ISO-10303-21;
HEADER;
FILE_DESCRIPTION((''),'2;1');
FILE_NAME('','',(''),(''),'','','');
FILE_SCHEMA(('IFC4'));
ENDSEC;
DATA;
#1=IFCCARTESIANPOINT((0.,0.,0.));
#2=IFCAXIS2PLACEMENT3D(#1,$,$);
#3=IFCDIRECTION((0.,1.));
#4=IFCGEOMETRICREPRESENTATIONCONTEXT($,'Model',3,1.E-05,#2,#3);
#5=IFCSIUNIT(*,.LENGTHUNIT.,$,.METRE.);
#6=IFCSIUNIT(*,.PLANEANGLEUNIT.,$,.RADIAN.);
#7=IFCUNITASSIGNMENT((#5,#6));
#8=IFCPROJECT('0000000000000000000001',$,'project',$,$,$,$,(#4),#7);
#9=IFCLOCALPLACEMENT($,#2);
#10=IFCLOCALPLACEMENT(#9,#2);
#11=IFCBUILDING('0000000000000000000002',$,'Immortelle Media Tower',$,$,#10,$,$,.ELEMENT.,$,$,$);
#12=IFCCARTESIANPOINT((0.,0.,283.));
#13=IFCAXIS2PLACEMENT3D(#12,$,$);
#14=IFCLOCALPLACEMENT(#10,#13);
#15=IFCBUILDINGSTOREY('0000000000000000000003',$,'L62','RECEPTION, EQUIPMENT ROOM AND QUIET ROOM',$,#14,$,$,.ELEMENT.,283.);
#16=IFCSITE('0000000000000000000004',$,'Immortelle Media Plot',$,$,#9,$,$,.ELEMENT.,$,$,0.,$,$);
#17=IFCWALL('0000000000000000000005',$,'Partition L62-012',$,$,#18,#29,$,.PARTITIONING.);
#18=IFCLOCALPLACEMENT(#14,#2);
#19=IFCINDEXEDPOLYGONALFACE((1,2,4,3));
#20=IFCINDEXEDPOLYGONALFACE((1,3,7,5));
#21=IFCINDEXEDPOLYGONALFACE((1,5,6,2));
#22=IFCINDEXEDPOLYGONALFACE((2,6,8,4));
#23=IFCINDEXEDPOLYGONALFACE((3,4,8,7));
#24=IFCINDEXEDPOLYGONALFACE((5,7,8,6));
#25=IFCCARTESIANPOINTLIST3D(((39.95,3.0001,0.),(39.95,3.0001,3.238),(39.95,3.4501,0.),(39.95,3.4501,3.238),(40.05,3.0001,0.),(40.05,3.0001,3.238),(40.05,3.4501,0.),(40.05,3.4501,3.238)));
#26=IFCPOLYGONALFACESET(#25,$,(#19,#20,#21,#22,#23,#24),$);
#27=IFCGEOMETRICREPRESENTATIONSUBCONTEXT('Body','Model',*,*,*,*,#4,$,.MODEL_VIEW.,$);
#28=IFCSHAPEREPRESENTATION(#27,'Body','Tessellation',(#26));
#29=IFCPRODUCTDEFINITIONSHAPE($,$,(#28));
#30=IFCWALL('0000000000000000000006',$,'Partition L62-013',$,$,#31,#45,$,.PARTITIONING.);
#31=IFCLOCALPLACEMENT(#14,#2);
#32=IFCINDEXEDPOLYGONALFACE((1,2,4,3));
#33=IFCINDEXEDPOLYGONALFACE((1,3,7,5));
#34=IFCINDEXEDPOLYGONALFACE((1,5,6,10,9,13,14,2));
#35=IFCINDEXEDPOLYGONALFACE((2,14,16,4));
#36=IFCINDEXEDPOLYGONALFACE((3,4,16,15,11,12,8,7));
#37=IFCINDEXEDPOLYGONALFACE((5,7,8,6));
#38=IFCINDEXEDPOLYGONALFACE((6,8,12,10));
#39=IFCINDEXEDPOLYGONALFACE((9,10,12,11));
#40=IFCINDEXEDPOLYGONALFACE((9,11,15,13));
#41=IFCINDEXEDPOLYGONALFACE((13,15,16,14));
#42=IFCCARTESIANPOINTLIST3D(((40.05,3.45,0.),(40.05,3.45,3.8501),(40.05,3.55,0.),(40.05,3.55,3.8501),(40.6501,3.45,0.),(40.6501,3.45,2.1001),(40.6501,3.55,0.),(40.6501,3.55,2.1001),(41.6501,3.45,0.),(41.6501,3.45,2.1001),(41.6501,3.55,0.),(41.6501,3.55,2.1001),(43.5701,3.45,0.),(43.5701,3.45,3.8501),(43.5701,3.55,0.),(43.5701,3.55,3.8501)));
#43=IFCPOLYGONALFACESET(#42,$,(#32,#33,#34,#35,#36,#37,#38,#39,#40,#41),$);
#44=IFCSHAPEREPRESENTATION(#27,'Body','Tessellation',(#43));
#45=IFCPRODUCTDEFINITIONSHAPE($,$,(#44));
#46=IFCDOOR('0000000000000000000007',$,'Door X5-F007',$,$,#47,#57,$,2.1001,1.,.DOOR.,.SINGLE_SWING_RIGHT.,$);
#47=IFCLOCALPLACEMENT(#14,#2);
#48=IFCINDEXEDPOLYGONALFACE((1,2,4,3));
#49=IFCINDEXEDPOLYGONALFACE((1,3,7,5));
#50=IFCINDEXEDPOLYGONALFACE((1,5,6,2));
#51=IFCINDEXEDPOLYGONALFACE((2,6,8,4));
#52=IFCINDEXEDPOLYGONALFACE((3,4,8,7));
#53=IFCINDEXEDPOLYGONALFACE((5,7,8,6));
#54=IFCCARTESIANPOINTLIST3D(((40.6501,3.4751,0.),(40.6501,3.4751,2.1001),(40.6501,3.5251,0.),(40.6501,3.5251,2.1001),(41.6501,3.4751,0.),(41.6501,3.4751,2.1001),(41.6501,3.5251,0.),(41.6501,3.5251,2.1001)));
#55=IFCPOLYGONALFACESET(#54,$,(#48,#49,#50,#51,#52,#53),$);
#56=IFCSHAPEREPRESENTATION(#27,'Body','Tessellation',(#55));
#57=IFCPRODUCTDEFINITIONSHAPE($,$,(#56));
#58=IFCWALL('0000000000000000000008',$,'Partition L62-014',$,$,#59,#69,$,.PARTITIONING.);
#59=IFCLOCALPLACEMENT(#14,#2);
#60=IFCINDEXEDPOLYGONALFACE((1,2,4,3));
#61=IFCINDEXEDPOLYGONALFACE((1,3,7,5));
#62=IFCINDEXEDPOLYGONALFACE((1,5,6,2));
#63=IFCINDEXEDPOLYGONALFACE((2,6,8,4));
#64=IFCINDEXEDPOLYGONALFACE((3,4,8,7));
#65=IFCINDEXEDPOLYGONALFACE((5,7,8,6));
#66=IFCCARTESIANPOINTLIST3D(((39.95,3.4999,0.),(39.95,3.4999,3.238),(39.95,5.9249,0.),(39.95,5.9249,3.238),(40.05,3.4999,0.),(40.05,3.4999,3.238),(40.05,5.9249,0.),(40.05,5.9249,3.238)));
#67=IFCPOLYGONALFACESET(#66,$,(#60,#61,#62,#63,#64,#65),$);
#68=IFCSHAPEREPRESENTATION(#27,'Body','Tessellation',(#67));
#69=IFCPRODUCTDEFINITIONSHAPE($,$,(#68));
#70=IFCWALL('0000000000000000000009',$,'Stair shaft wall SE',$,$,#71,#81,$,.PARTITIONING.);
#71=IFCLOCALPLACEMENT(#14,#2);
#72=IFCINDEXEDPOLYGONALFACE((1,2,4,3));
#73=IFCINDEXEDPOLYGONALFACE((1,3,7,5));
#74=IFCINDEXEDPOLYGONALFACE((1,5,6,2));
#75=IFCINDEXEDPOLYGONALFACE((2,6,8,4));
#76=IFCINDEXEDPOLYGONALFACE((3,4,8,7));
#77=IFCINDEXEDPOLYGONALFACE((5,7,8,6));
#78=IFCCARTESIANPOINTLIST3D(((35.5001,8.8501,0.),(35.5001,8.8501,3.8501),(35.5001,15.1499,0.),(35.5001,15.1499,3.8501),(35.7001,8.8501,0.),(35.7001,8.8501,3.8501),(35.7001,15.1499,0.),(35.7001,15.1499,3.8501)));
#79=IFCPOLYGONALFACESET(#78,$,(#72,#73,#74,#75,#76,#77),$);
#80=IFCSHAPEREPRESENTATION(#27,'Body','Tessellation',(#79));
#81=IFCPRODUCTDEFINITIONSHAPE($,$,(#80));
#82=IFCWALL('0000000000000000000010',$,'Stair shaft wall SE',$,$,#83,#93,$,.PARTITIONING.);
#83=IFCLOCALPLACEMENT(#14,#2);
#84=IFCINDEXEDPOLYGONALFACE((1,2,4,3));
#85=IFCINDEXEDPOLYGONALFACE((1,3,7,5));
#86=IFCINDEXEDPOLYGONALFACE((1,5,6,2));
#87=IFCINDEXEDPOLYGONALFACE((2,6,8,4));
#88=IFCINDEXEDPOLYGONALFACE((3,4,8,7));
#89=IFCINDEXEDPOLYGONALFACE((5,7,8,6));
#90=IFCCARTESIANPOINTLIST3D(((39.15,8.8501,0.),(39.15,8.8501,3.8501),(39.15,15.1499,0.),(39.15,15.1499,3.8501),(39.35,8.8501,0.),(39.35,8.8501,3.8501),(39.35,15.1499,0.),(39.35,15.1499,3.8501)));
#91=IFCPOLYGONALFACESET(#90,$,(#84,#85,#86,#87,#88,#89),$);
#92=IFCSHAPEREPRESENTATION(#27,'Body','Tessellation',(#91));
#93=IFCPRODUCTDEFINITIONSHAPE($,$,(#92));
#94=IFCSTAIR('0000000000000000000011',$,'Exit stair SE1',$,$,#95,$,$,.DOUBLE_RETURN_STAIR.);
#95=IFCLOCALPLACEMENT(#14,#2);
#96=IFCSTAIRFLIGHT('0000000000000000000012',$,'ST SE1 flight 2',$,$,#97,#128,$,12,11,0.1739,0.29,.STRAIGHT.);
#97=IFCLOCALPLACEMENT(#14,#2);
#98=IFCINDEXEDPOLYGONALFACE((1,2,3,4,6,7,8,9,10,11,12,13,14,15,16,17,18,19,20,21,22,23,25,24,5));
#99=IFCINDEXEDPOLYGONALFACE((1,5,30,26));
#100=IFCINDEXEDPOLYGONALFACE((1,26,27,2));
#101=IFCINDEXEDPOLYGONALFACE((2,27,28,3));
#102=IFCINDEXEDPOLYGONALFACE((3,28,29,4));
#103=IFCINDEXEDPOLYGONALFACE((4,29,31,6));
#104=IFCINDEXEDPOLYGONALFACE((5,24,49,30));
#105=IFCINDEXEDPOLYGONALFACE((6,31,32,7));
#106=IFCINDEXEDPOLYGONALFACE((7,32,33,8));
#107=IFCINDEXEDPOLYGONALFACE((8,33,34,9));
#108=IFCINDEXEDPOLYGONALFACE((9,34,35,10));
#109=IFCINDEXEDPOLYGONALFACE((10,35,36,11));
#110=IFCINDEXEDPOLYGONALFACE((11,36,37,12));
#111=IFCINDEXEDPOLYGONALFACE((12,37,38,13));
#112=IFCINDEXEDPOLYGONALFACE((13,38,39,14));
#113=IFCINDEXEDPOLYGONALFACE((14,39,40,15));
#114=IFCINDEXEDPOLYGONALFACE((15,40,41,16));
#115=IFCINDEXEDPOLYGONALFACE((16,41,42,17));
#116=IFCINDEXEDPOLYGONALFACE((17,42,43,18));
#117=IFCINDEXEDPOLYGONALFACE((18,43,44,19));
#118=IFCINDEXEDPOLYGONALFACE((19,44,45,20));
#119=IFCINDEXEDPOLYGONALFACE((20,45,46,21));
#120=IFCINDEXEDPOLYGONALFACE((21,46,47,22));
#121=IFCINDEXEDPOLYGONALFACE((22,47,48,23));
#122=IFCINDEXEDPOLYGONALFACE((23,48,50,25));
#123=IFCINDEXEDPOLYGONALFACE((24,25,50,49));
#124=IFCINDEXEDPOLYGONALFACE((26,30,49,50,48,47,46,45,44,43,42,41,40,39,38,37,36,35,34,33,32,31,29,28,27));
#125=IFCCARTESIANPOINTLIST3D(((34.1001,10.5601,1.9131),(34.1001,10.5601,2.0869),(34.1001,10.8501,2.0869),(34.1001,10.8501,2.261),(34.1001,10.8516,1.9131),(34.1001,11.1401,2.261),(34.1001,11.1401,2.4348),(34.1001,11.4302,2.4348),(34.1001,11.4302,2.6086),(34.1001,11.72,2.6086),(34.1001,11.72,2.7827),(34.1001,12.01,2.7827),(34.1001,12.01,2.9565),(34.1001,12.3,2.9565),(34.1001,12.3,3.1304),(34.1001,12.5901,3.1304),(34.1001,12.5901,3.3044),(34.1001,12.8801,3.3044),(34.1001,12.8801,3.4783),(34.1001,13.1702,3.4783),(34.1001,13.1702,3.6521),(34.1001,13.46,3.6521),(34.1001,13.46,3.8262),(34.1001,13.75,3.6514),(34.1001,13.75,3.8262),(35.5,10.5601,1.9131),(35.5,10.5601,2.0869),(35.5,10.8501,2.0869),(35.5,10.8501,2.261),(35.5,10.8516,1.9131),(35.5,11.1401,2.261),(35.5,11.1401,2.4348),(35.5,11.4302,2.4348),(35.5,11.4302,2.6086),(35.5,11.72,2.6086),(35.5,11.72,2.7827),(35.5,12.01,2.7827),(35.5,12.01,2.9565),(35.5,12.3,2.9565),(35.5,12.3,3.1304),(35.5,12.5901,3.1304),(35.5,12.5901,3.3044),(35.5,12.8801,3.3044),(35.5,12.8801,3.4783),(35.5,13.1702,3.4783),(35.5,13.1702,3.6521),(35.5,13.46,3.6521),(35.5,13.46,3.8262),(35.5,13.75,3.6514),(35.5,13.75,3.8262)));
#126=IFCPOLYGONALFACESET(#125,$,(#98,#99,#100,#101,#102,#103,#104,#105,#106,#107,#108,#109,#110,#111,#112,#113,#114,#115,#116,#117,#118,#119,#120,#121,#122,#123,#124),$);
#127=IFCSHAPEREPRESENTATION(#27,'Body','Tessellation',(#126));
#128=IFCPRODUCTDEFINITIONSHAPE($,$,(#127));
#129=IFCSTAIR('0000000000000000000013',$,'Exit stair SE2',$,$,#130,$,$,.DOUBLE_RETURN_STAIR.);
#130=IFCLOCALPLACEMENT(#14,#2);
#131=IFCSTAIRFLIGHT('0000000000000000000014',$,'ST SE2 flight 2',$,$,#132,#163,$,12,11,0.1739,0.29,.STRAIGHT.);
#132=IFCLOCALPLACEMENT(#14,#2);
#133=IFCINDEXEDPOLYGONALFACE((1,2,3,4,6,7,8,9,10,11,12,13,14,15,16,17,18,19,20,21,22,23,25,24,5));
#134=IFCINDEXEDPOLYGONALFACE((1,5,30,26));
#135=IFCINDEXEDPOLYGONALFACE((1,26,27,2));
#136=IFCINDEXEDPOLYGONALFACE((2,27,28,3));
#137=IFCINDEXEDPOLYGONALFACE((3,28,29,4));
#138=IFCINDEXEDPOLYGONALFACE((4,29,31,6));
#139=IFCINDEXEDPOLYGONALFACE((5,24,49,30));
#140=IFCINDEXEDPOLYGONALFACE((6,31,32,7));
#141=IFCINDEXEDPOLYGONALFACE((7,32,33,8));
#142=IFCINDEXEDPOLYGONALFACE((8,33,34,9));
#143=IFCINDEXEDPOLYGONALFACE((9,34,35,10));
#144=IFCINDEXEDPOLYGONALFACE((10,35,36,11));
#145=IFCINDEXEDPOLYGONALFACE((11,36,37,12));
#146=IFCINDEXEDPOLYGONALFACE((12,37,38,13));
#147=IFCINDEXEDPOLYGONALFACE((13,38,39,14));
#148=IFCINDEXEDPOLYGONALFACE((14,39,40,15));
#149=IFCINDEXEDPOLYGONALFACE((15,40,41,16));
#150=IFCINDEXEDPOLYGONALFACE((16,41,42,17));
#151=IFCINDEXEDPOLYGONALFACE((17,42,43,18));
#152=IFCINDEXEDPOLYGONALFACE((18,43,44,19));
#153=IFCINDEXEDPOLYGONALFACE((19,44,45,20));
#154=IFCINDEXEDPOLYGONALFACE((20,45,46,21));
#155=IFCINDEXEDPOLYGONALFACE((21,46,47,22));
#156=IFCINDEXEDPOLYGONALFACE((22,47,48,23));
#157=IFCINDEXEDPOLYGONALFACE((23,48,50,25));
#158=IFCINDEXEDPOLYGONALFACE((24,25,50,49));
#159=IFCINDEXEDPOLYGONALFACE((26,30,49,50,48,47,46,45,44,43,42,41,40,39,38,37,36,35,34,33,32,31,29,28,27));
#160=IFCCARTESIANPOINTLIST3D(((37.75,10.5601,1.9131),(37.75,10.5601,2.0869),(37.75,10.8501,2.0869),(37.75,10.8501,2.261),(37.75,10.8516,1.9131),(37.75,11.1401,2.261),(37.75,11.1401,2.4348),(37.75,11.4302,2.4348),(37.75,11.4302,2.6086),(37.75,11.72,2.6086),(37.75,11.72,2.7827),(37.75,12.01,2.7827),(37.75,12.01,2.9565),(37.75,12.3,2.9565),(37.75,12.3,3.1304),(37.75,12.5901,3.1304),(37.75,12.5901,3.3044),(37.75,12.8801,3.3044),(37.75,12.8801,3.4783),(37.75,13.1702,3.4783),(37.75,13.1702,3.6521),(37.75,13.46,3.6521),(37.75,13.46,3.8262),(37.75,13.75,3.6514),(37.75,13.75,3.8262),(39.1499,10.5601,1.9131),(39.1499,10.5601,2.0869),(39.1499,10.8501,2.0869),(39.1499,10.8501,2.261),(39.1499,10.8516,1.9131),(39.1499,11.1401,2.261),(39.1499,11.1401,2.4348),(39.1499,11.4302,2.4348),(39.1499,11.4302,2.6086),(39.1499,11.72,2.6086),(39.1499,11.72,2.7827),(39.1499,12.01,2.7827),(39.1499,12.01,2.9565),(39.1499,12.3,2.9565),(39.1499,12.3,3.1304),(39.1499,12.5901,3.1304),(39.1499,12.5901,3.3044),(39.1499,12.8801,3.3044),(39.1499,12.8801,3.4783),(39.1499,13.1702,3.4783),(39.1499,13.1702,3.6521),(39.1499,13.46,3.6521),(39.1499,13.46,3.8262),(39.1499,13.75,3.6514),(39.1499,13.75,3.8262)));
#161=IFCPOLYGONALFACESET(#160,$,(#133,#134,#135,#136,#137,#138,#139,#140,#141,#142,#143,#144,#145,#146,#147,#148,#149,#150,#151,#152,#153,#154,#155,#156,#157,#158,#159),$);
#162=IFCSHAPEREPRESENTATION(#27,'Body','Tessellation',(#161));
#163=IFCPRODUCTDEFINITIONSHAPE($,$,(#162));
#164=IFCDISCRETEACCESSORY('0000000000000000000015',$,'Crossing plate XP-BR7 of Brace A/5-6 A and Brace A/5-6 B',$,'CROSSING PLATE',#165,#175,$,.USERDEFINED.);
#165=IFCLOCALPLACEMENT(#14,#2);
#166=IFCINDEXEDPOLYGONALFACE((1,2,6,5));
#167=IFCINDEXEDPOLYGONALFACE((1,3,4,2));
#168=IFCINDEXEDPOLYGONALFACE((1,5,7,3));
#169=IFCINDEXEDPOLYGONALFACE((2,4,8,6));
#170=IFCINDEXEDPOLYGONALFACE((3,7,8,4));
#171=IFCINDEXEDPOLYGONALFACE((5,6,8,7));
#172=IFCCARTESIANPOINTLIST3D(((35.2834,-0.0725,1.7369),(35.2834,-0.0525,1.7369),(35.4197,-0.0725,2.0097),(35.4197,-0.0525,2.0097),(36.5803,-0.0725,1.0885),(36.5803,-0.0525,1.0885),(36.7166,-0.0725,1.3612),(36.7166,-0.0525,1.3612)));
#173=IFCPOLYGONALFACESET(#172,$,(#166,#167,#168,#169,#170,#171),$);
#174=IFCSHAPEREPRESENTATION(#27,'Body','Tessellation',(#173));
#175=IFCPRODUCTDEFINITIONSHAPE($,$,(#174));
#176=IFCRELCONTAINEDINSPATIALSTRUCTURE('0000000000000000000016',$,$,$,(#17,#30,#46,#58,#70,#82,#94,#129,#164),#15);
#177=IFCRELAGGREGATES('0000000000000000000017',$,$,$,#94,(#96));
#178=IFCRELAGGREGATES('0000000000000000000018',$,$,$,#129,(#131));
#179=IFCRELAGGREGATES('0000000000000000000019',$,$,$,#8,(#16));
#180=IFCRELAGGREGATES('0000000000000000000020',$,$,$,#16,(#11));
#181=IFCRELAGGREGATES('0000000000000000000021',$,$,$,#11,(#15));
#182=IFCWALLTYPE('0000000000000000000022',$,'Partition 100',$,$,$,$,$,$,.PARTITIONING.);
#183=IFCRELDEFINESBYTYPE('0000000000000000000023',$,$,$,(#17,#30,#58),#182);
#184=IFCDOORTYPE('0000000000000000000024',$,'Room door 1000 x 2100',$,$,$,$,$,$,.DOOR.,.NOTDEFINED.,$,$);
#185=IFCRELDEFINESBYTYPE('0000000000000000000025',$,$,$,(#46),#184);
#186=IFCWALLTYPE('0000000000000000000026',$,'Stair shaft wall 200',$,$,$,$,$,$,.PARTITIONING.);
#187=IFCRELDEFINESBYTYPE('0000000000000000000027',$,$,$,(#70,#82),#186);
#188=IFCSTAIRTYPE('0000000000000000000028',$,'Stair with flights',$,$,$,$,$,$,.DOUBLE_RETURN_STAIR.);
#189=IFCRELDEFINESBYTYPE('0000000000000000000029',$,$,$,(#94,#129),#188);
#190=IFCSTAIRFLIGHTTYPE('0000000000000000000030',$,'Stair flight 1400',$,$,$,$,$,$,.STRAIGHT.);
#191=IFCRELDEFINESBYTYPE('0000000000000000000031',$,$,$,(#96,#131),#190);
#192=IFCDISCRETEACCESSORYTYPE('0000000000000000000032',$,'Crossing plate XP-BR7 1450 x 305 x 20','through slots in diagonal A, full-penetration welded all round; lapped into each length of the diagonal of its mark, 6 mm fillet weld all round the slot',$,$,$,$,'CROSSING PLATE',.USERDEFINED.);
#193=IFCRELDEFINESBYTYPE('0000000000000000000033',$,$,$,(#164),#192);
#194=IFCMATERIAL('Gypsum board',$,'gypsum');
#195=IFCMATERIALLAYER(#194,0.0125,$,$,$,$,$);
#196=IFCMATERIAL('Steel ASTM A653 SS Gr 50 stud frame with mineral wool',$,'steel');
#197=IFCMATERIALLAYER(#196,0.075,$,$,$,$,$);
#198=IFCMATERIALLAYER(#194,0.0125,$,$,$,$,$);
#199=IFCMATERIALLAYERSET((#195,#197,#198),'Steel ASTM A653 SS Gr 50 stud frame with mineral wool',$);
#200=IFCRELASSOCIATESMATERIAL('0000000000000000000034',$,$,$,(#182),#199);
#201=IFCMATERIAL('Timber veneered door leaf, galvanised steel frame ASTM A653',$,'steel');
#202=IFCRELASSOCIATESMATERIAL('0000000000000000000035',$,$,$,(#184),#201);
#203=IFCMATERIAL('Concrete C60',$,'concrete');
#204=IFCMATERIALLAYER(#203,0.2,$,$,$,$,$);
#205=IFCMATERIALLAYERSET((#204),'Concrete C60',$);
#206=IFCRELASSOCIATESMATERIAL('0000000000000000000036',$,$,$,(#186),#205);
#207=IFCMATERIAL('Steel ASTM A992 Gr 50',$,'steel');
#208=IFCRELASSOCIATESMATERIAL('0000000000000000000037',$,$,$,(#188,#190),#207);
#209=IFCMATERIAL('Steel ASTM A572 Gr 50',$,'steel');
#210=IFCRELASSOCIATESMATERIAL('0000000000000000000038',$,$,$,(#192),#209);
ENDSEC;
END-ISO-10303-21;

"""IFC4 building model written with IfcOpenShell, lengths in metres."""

from ifc_helpers import new_model, si_unit, direction, frame, frame_2d, origin, origin_2d, place, context, subcontext, project, spatial, polyline, rectangle, outline, extrude, material, layer, layer_set, material_profile, profile_set, type_object, element, fill, aggregate, save


model = new_model("IFC4")

# Units and contexts
model_context = context("Model", 3, precision=1e-05, world=origin(), true_north=direction((0.0, 1.0)))
body_context = subcontext(model_context, "Body", "Model", "MODEL_VIEW")
ifc_project = project(units=[si_unit("LENGTHUNIT", "METRE"), si_unit("PLANEANGLEUNIT", "RADIAN")], contexts=[model_context])

# Site, building, storey
site_placement = place(None, origin())
site = spatial("IfcSite", under=ifc_project, at=site_placement, Name="Immortelle Media Plot", CompositionType="ELEMENT", RefElevation=0.0)
building_placement = place(site_placement, origin())
building = spatial("IfcBuilding", under=site, at=building_placement, Name="Immortelle Media Tower", CompositionType="ELEMENT")
storey_placement = place(building_placement, frame((0.0, 0.0, 283.0)))
storey = spatial("IfcBuildingStorey", under=building, at=storey_placement, Name="L62", Description="RECEPTION, EQUIPMENT ROOM AND QUIET ROOM", CompositionType="ELEMENT", Elevation=283.0)

# Shared definitions
ifc_material_1 = material(Name="Steel ASTM A992 Gr 50", Category="steel")

# Wall
ifc_material_2 = material(Name="Steel ASTM A653 SS Gr 50 stud frame with mineral wool", Category="steel")
ifc_material_3 = material(Name="Gypsum board", Category="gypsum")
ifc_layer_1 = layer(ifc_material_3, 0.0125)
ifc_layer_2 = layer(ifc_material_2, 0.075)
ifc_layer_3 = layer(ifc_material_3, 0.0125)
ifc_layer_set_1 = layer_set([ifc_layer_1, ifc_layer_2, ifc_layer_3], Name="Steel ASTM A653 SS Gr 50 stud frame with mineral wool")
wall_type_1 = type_object("IfcWallType", Name="Partition 100", PredefinedType="PARTITIONING", material=ifc_layer_set_1)
wall_1_placement = place(storey_placement, frame((40.0, 3.0, 0.0), z_axis=(0.0, 0.0, 1.0), x_axis=(0.0, 1.0, 0.0)))
element("IfcWall", 1, at=wall_1_placement, inside=storey, type_object=wall_type_1, Name="Partition L62-012", PredefinedType="PARTITIONING", context=body_context, shape_type="SweptSolid", body=[
    extrude(rectangle(XDim=0.45, YDim=0.1001, at=frame_2d((0.2251, 0.0))), origin(), (0.0, 0.0, 1.0), 3.238),
])

# Wall, opening, door
wall_2_placement = place(storey_placement, frame((40.05, 3.5, 0.0), z_axis=(0.0, 0.0, 1.0), x_axis=(1.0, 0.0, 0.0)))
wall_2 = element("IfcWall", 2, at=wall_2_placement, inside=storey, type_object=wall_type_1, Name="Partition L62-013", PredefinedType="PARTITIONING", context=body_context, shape_type="SweptSolid", body=[
    extrude(rectangle(XDim=3.52, YDim=0.1001, at=frame_2d((1.76, 0.0))), origin(), (0.0, 0.0, 1.0), 3.8501),
])
opening_placement = place(wall_2_placement, frame((1.6001, 0.0, 0.0), z_axis=(0.0, 0.0, 1.0), x_axis=(-1.0, 0.0, 0.0)))
opening = element("IfcOpeningElement", 3, at=opening_placement, cuts=wall_2, PredefinedType="OPENING", context=body_context, shape_type="SweptSolid", body=[
    extrude(rectangle(XDim=1.0, YDim=2.1001, at=frame_2d((0.5, 1.05))), frame((0.0, 0.0601, 0.0), z_axis=(0.0, -1.0, 0.0), x_axis=(1.0, 0.0, 0.0)), (0.0, 0.0, 1.0), 0.1201),
])
ifc_material_4 = material(Name="Timber veneered door leaf, galvanised steel frame ASTM A653", Category="steel")
door_type = type_object("IfcDoorType", Name="Room door 1000 x 2100", OperationType="NOTDEFINED", PredefinedType="DOOR", material=ifc_material_4)
door_placement = place(opening_placement, origin())
door = element("IfcDoor", 4, at=door_placement, inside=storey, type_object=door_type, Name="Door X5-F007", OperationType="SINGLE_SWING_RIGHT", OverallHeight=2.1001, OverallWidth=1.0, PredefinedType="DOOR", context=body_context, shape_type="SweptSolid", body=[
    extrude(rectangle(XDim=1.0, YDim=2.1001, at=frame_2d((0.5, 1.05))), frame((0.0, 0.0249, 0.0), z_axis=(0.0, -1.0, 0.0), x_axis=(1.0, 0.0, 0.0)), (0.0, 0.0, 1.0), 0.05),
])
fill(opening, door)

# Walls
wall_3_placement = place(storey_placement, frame((40.0, 3.5, 0.0), z_axis=(0.0, 0.0, 1.0), x_axis=(0.0, 1.0, 0.0)))
element("IfcWall", 5, at=wall_3_placement, inside=storey, type_object=wall_type_1, Name="Partition L62-014", PredefinedType="PARTITIONING", context=body_context, shape_type="SweptSolid", body=[
    extrude(rectangle(XDim=2.425, YDim=0.1001, at=frame_2d((1.2124, 0.0))), origin(), (0.0, 0.0, 1.0), 3.238),
])
ifc_material_5 = material(Name="Concrete C60", Category="concrete")
ifc_layer_4 = layer(ifc_material_5, 0.2)
ifc_layer_set_2 = layer_set([ifc_layer_4], Name="Concrete C60")
wall_type_2 = type_object("IfcWallType", Name="Stair shaft wall 200", PredefinedType="PARTITIONING", material=ifc_layer_set_2)
for number, where, z_axis, x_axis, name in (
    (6, (35.6001, 8.8501, 0.0), (0.0, 0.0, 1.0), (0.0, 1.0, 0.0), "Stair shaft wall SE"),
    (7, (39.25, 8.8501, 0.0), (0.0, 0.0, 1.0), (0.0, 1.0, 0.0), "Stair shaft wall SE"),
):
    element("IfcWall", number, at=place(storey_placement, frame(where, z_axis=z_axis, x_axis=x_axis)), inside=storey, type_object=wall_type_2, Name=name, PredefinedType="PARTITIONING", context=body_context, shape_type="SweptSolid", body=[
        extrude(rectangle(XDim=6.2998, YDim=0.2, at=frame_2d((3.1499, 0.0))), origin(), (0.0, 0.0, 1.0), 3.8501),
    ])

# Stairs, stair flights
stair_type = type_object("IfcStairType", Name="Stair with flights", PredefinedType="DOUBLE_RETURN_STAIR", material=ifc_material_1)
stair_1_placement = place(storey_placement, origin())
stair_1 = element("IfcStair", 8, at=stair_1_placement, inside=storey, type_object=stair_type, Name="Exit stair SE1", PredefinedType="DOUBLE_RETURN_STAIR")
stair_flight_type = type_object("IfcStairFlightType", Name="Stair flight 1400", PredefinedType="STRAIGHT", material=ifc_material_1)
stair_flight_1_placement = place(storey_placement, frame((34.8, 10.5601, 1.9131), z_axis=(0.0, 0.0, 1.0), x_axis=(0.0, 1.0, 0.0)))
stair_flight_1 = element("IfcStairFlight", 9, at=stair_flight_1_placement, type_object=stair_flight_type, Name="ST SE1 flight 2", NumberOfRisers=12, NumberOfTreads=11, PredefinedType="STRAIGHT", RiserHeight=0.1739, TreadLength=0.29, context=body_context, shape_type="SweptSolid", body=[
    extrude(outline(polyline([(0.0, 0.0), (0.0, 0.1738), (0.29, 0.1738), (0.29, 0.3479), (0.5801, 0.3479), (0.5801, 0.5217), (0.8701, 0.5217), (0.8701, 0.6956), (1.1599, 0.6956), (1.1599, 0.8696), (1.45, 0.8696), (1.45, 1.0435), (1.74, 1.0435), (1.74, 1.2173), (2.03, 1.2173), (2.03, 1.3914), (2.3201, 1.3914), (2.3201, 1.5652), (2.6101, 1.5652), (2.6101, 1.739), (2.8999, 1.739), (2.8999, 1.9131), (3.1899, 1.9131), (3.1899, 2.0869), (3.1899, 1.7383), (0.2915, 0.0), (0.0, 0.0)])), frame((0.0, 0.7, 0.0), z_axis=(0.0, -1.0, 0.0), x_axis=(1.0, 0.0, 0.0)), (0.0, 0.0, 1.0), 1.3999),
])
aggregate(stair_1, [stair_flight_1])
stair_2_placement = place(storey_placement, origin())
stair_2 = element("IfcStair", 10, at=stair_2_placement, inside=storey, type_object=stair_type, Name="Exit stair SE2", PredefinedType="DOUBLE_RETURN_STAIR")
stair_flight_2_placement = place(storey_placement, frame((38.45, 10.5601, 1.9131), z_axis=(0.0, 0.0, 1.0), x_axis=(0.0, 1.0, 0.0)))
stair_flight_2 = element("IfcStairFlight", 11, at=stair_flight_2_placement, type_object=stair_flight_type, Name="ST SE2 flight 2", NumberOfRisers=12, NumberOfTreads=11, PredefinedType="STRAIGHT", RiserHeight=0.1739, TreadLength=0.29, context=body_context, shape_type="SweptSolid", body=[
    extrude(outline(polyline([(0.0, 0.0), (0.0, 0.1738), (0.29, 0.1738), (0.29, 0.3479), (0.5801, 0.3479), (0.5801, 0.5217), (0.8701, 0.5217), (0.8701, 0.6956), (1.1599, 0.6956), (1.1599, 0.8696), (1.45, 0.8696), (1.45, 1.0435), (1.74, 1.0435), (1.74, 1.2173), (2.03, 1.2173), (2.03, 1.3914), (2.3201, 1.3914), (2.3201, 1.5652), (2.6101, 1.5652), (2.6101, 1.739), (2.8999, 1.739), (2.8999, 1.9131), (3.1899, 1.9131), (3.1899, 2.0869), (3.1899, 1.7383), (0.2915, 0.0), (0.0, 0.0)])), frame((0.0, 0.7, 0.0), z_axis=(0.0, -1.0, 0.0), x_axis=(1.0, 0.0, 0.0)), (0.0, 0.0, 1.0), 1.3999),
])
aggregate(stair_2, [stair_flight_2])

# Discrete accessory
ifc_material_6 = material(Name="Steel ASTM A572 Gr 50", Category="steel")
ifc_material_profile_1 = material_profile(ifc_material_6, rectangle(XDim=0.02, YDim=0.3049, at=origin_2d()), Name="PL 20 x 305")
ifc_profile_set_1 = profile_set([ifc_material_profile_1], Name="Steel ASTM A572 Gr 50")
discrete_accessory_type_1 = type_object("IfcDiscreteAccessoryType", Name="Crossing plate XP-BR7 1450 x 305 x 20", Description="through slots in diagonal A, full-penetration welded all round; lapped into each length of the diagonal of its mark, 6 mm fillet weld all round the slot", ElementType="CROSSING PLATE", PredefinedType="USERDEFINED", material=ifc_profile_set_1)
discrete_accessory_placement = place(storey_placement, frame((35.3516, -0.0625, 1.8733), z_axis=(0.894427, 0.0, -0.447214), x_axis=(0.0, 1.0, 0.0)))
element("IfcDiscreteAccessory", 12, at=discrete_accessory_placement, inside=storey, type_object=discrete_accessory_type_1, Name="Crossing plate XP-BR7 of Brace A/5-6 A and Brace A/5-6 B", ObjectType="CROSSING PLATE", PredefinedType="USERDEFINED", context=body_context, shape_type="SweptSolid", body=[
    extrude(rectangle(XDim=0.02, YDim=0.3049, at=origin_2d()), origin(), (0.0, 0.0, 1.0), 1.45),
])

save(model, "model.ifc")
